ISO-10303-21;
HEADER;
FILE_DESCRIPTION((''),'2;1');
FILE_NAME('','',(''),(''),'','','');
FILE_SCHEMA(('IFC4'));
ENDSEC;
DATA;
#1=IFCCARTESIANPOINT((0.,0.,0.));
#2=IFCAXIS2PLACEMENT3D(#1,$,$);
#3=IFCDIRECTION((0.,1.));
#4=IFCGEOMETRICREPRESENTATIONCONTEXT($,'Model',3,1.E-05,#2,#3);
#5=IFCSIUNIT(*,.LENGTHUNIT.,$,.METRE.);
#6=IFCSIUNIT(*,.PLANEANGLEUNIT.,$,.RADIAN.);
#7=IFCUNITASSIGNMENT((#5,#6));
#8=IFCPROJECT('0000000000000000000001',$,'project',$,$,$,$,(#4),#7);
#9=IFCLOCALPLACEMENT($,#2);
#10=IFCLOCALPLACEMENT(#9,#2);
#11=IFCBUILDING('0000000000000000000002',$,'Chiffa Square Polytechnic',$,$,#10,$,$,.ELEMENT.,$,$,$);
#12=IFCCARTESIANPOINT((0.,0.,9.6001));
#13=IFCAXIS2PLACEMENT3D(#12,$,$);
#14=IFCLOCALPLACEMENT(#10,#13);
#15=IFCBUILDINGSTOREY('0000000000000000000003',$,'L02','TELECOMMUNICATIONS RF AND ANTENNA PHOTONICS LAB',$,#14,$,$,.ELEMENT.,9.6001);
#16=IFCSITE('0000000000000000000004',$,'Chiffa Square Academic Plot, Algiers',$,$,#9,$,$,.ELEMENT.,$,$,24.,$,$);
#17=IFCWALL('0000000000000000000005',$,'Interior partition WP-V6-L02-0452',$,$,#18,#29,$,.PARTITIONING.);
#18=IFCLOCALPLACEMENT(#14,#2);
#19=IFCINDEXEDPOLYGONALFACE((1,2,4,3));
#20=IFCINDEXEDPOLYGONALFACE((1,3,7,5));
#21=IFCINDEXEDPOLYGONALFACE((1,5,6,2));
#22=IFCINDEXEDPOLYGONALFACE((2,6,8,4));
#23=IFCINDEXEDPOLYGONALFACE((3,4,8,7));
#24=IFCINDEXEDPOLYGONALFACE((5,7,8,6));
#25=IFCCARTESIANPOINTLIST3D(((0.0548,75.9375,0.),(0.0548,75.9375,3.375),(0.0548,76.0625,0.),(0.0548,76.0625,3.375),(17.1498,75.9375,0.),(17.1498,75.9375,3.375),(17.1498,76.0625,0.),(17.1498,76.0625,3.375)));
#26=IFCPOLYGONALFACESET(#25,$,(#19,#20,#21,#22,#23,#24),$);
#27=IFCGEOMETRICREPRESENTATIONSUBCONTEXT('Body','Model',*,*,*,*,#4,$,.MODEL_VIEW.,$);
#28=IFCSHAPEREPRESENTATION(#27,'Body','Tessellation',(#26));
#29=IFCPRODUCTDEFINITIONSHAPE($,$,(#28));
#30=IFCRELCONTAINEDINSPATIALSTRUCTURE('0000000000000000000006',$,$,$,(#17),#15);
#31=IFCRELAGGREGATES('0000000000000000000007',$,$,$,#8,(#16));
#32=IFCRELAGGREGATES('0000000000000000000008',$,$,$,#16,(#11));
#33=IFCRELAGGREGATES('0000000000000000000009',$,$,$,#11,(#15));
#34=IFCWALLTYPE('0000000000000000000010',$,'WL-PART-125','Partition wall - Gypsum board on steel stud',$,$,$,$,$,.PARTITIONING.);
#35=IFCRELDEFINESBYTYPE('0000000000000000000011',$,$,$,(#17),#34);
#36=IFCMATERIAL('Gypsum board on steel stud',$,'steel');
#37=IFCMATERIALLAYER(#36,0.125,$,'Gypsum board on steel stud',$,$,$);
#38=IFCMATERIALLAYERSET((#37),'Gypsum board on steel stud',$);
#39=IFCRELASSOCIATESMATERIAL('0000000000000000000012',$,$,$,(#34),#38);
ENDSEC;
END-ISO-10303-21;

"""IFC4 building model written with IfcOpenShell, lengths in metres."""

from ifc_helpers import new_model, si_unit, direction, frame, frame_2d, origin, place, context, subcontext, project, spatial, rectangle, extrude, material, layer, layer_set, type_object, element, save


model = new_model("IFC4")

# Units and contexts
model_context = context("Model", 3, precision=1e-05, world=origin(), true_north=direction((0.0, 1.0)))
body_context = subcontext(model_context, "Body", "Model", "MODEL_VIEW")
ifc_project = project(units=[si_unit("LENGTHUNIT", "METRE"), si_unit("PLANEANGLEUNIT", "RADIAN")], contexts=[model_context])

# Site, building, storey
site_placement = place(None, origin())
site = spatial("IfcSite", under=ifc_project, at=site_placement, Name="Chiffa Square Academic Plot, Algiers", CompositionType="ELEMENT", RefElevation=24.0)
building_placement = place(site_placement, origin())
building = spatial("IfcBuilding", under=site, at=building_placement, Name="Chiffa Square Polytechnic", CompositionType="ELEMENT")
storey_placement = place(building_placement, frame((0.0, 0.0, 9.6001)))
storey = spatial("IfcBuildingStorey", under=building, at=storey_placement, Name="L02", Description="TELECOMMUNICATIONS RF AND ANTENNA PHOTONICS LAB", CompositionType="ELEMENT", Elevation=9.6001)

# Wall
ifc_material_1 = material(Name="Gypsum board on steel stud", Category="steel")
ifc_layer_1 = layer(ifc_material_1, 0.125, Name="Gypsum board on steel stud")
ifc_layer_set_1 = layer_set([ifc_layer_1], Name="Gypsum board on steel stud")
wall_type_1 = type_object("IfcWallType", Name="WL-PART-125", Description="Partition wall - Gypsum board on steel stud", PredefinedType="PARTITIONING", material=ifc_layer_set_1)
wall_1_placement = place(storey_placement, frame((0.0549, 76.0, 0.0), z_axis=(0.0, 0.0, 1.0), x_axis=(1.0, 0.0, 0.0)))
element("IfcWall", 1, at=wall_1_placement, inside=storey, type_object=wall_type_1, Name="Interior partition WP-V6-L02-0452", PredefinedType="PARTITIONING", context=body_context, shape_type="SweptSolid", body=[
    extrude(rectangle(XDim=17.095, YDim=0.125, at=frame_2d((8.5474, 0.0))), origin(), (0.0, 0.0, 1.0), 3.375),
])

save(model, "model.ifc")
